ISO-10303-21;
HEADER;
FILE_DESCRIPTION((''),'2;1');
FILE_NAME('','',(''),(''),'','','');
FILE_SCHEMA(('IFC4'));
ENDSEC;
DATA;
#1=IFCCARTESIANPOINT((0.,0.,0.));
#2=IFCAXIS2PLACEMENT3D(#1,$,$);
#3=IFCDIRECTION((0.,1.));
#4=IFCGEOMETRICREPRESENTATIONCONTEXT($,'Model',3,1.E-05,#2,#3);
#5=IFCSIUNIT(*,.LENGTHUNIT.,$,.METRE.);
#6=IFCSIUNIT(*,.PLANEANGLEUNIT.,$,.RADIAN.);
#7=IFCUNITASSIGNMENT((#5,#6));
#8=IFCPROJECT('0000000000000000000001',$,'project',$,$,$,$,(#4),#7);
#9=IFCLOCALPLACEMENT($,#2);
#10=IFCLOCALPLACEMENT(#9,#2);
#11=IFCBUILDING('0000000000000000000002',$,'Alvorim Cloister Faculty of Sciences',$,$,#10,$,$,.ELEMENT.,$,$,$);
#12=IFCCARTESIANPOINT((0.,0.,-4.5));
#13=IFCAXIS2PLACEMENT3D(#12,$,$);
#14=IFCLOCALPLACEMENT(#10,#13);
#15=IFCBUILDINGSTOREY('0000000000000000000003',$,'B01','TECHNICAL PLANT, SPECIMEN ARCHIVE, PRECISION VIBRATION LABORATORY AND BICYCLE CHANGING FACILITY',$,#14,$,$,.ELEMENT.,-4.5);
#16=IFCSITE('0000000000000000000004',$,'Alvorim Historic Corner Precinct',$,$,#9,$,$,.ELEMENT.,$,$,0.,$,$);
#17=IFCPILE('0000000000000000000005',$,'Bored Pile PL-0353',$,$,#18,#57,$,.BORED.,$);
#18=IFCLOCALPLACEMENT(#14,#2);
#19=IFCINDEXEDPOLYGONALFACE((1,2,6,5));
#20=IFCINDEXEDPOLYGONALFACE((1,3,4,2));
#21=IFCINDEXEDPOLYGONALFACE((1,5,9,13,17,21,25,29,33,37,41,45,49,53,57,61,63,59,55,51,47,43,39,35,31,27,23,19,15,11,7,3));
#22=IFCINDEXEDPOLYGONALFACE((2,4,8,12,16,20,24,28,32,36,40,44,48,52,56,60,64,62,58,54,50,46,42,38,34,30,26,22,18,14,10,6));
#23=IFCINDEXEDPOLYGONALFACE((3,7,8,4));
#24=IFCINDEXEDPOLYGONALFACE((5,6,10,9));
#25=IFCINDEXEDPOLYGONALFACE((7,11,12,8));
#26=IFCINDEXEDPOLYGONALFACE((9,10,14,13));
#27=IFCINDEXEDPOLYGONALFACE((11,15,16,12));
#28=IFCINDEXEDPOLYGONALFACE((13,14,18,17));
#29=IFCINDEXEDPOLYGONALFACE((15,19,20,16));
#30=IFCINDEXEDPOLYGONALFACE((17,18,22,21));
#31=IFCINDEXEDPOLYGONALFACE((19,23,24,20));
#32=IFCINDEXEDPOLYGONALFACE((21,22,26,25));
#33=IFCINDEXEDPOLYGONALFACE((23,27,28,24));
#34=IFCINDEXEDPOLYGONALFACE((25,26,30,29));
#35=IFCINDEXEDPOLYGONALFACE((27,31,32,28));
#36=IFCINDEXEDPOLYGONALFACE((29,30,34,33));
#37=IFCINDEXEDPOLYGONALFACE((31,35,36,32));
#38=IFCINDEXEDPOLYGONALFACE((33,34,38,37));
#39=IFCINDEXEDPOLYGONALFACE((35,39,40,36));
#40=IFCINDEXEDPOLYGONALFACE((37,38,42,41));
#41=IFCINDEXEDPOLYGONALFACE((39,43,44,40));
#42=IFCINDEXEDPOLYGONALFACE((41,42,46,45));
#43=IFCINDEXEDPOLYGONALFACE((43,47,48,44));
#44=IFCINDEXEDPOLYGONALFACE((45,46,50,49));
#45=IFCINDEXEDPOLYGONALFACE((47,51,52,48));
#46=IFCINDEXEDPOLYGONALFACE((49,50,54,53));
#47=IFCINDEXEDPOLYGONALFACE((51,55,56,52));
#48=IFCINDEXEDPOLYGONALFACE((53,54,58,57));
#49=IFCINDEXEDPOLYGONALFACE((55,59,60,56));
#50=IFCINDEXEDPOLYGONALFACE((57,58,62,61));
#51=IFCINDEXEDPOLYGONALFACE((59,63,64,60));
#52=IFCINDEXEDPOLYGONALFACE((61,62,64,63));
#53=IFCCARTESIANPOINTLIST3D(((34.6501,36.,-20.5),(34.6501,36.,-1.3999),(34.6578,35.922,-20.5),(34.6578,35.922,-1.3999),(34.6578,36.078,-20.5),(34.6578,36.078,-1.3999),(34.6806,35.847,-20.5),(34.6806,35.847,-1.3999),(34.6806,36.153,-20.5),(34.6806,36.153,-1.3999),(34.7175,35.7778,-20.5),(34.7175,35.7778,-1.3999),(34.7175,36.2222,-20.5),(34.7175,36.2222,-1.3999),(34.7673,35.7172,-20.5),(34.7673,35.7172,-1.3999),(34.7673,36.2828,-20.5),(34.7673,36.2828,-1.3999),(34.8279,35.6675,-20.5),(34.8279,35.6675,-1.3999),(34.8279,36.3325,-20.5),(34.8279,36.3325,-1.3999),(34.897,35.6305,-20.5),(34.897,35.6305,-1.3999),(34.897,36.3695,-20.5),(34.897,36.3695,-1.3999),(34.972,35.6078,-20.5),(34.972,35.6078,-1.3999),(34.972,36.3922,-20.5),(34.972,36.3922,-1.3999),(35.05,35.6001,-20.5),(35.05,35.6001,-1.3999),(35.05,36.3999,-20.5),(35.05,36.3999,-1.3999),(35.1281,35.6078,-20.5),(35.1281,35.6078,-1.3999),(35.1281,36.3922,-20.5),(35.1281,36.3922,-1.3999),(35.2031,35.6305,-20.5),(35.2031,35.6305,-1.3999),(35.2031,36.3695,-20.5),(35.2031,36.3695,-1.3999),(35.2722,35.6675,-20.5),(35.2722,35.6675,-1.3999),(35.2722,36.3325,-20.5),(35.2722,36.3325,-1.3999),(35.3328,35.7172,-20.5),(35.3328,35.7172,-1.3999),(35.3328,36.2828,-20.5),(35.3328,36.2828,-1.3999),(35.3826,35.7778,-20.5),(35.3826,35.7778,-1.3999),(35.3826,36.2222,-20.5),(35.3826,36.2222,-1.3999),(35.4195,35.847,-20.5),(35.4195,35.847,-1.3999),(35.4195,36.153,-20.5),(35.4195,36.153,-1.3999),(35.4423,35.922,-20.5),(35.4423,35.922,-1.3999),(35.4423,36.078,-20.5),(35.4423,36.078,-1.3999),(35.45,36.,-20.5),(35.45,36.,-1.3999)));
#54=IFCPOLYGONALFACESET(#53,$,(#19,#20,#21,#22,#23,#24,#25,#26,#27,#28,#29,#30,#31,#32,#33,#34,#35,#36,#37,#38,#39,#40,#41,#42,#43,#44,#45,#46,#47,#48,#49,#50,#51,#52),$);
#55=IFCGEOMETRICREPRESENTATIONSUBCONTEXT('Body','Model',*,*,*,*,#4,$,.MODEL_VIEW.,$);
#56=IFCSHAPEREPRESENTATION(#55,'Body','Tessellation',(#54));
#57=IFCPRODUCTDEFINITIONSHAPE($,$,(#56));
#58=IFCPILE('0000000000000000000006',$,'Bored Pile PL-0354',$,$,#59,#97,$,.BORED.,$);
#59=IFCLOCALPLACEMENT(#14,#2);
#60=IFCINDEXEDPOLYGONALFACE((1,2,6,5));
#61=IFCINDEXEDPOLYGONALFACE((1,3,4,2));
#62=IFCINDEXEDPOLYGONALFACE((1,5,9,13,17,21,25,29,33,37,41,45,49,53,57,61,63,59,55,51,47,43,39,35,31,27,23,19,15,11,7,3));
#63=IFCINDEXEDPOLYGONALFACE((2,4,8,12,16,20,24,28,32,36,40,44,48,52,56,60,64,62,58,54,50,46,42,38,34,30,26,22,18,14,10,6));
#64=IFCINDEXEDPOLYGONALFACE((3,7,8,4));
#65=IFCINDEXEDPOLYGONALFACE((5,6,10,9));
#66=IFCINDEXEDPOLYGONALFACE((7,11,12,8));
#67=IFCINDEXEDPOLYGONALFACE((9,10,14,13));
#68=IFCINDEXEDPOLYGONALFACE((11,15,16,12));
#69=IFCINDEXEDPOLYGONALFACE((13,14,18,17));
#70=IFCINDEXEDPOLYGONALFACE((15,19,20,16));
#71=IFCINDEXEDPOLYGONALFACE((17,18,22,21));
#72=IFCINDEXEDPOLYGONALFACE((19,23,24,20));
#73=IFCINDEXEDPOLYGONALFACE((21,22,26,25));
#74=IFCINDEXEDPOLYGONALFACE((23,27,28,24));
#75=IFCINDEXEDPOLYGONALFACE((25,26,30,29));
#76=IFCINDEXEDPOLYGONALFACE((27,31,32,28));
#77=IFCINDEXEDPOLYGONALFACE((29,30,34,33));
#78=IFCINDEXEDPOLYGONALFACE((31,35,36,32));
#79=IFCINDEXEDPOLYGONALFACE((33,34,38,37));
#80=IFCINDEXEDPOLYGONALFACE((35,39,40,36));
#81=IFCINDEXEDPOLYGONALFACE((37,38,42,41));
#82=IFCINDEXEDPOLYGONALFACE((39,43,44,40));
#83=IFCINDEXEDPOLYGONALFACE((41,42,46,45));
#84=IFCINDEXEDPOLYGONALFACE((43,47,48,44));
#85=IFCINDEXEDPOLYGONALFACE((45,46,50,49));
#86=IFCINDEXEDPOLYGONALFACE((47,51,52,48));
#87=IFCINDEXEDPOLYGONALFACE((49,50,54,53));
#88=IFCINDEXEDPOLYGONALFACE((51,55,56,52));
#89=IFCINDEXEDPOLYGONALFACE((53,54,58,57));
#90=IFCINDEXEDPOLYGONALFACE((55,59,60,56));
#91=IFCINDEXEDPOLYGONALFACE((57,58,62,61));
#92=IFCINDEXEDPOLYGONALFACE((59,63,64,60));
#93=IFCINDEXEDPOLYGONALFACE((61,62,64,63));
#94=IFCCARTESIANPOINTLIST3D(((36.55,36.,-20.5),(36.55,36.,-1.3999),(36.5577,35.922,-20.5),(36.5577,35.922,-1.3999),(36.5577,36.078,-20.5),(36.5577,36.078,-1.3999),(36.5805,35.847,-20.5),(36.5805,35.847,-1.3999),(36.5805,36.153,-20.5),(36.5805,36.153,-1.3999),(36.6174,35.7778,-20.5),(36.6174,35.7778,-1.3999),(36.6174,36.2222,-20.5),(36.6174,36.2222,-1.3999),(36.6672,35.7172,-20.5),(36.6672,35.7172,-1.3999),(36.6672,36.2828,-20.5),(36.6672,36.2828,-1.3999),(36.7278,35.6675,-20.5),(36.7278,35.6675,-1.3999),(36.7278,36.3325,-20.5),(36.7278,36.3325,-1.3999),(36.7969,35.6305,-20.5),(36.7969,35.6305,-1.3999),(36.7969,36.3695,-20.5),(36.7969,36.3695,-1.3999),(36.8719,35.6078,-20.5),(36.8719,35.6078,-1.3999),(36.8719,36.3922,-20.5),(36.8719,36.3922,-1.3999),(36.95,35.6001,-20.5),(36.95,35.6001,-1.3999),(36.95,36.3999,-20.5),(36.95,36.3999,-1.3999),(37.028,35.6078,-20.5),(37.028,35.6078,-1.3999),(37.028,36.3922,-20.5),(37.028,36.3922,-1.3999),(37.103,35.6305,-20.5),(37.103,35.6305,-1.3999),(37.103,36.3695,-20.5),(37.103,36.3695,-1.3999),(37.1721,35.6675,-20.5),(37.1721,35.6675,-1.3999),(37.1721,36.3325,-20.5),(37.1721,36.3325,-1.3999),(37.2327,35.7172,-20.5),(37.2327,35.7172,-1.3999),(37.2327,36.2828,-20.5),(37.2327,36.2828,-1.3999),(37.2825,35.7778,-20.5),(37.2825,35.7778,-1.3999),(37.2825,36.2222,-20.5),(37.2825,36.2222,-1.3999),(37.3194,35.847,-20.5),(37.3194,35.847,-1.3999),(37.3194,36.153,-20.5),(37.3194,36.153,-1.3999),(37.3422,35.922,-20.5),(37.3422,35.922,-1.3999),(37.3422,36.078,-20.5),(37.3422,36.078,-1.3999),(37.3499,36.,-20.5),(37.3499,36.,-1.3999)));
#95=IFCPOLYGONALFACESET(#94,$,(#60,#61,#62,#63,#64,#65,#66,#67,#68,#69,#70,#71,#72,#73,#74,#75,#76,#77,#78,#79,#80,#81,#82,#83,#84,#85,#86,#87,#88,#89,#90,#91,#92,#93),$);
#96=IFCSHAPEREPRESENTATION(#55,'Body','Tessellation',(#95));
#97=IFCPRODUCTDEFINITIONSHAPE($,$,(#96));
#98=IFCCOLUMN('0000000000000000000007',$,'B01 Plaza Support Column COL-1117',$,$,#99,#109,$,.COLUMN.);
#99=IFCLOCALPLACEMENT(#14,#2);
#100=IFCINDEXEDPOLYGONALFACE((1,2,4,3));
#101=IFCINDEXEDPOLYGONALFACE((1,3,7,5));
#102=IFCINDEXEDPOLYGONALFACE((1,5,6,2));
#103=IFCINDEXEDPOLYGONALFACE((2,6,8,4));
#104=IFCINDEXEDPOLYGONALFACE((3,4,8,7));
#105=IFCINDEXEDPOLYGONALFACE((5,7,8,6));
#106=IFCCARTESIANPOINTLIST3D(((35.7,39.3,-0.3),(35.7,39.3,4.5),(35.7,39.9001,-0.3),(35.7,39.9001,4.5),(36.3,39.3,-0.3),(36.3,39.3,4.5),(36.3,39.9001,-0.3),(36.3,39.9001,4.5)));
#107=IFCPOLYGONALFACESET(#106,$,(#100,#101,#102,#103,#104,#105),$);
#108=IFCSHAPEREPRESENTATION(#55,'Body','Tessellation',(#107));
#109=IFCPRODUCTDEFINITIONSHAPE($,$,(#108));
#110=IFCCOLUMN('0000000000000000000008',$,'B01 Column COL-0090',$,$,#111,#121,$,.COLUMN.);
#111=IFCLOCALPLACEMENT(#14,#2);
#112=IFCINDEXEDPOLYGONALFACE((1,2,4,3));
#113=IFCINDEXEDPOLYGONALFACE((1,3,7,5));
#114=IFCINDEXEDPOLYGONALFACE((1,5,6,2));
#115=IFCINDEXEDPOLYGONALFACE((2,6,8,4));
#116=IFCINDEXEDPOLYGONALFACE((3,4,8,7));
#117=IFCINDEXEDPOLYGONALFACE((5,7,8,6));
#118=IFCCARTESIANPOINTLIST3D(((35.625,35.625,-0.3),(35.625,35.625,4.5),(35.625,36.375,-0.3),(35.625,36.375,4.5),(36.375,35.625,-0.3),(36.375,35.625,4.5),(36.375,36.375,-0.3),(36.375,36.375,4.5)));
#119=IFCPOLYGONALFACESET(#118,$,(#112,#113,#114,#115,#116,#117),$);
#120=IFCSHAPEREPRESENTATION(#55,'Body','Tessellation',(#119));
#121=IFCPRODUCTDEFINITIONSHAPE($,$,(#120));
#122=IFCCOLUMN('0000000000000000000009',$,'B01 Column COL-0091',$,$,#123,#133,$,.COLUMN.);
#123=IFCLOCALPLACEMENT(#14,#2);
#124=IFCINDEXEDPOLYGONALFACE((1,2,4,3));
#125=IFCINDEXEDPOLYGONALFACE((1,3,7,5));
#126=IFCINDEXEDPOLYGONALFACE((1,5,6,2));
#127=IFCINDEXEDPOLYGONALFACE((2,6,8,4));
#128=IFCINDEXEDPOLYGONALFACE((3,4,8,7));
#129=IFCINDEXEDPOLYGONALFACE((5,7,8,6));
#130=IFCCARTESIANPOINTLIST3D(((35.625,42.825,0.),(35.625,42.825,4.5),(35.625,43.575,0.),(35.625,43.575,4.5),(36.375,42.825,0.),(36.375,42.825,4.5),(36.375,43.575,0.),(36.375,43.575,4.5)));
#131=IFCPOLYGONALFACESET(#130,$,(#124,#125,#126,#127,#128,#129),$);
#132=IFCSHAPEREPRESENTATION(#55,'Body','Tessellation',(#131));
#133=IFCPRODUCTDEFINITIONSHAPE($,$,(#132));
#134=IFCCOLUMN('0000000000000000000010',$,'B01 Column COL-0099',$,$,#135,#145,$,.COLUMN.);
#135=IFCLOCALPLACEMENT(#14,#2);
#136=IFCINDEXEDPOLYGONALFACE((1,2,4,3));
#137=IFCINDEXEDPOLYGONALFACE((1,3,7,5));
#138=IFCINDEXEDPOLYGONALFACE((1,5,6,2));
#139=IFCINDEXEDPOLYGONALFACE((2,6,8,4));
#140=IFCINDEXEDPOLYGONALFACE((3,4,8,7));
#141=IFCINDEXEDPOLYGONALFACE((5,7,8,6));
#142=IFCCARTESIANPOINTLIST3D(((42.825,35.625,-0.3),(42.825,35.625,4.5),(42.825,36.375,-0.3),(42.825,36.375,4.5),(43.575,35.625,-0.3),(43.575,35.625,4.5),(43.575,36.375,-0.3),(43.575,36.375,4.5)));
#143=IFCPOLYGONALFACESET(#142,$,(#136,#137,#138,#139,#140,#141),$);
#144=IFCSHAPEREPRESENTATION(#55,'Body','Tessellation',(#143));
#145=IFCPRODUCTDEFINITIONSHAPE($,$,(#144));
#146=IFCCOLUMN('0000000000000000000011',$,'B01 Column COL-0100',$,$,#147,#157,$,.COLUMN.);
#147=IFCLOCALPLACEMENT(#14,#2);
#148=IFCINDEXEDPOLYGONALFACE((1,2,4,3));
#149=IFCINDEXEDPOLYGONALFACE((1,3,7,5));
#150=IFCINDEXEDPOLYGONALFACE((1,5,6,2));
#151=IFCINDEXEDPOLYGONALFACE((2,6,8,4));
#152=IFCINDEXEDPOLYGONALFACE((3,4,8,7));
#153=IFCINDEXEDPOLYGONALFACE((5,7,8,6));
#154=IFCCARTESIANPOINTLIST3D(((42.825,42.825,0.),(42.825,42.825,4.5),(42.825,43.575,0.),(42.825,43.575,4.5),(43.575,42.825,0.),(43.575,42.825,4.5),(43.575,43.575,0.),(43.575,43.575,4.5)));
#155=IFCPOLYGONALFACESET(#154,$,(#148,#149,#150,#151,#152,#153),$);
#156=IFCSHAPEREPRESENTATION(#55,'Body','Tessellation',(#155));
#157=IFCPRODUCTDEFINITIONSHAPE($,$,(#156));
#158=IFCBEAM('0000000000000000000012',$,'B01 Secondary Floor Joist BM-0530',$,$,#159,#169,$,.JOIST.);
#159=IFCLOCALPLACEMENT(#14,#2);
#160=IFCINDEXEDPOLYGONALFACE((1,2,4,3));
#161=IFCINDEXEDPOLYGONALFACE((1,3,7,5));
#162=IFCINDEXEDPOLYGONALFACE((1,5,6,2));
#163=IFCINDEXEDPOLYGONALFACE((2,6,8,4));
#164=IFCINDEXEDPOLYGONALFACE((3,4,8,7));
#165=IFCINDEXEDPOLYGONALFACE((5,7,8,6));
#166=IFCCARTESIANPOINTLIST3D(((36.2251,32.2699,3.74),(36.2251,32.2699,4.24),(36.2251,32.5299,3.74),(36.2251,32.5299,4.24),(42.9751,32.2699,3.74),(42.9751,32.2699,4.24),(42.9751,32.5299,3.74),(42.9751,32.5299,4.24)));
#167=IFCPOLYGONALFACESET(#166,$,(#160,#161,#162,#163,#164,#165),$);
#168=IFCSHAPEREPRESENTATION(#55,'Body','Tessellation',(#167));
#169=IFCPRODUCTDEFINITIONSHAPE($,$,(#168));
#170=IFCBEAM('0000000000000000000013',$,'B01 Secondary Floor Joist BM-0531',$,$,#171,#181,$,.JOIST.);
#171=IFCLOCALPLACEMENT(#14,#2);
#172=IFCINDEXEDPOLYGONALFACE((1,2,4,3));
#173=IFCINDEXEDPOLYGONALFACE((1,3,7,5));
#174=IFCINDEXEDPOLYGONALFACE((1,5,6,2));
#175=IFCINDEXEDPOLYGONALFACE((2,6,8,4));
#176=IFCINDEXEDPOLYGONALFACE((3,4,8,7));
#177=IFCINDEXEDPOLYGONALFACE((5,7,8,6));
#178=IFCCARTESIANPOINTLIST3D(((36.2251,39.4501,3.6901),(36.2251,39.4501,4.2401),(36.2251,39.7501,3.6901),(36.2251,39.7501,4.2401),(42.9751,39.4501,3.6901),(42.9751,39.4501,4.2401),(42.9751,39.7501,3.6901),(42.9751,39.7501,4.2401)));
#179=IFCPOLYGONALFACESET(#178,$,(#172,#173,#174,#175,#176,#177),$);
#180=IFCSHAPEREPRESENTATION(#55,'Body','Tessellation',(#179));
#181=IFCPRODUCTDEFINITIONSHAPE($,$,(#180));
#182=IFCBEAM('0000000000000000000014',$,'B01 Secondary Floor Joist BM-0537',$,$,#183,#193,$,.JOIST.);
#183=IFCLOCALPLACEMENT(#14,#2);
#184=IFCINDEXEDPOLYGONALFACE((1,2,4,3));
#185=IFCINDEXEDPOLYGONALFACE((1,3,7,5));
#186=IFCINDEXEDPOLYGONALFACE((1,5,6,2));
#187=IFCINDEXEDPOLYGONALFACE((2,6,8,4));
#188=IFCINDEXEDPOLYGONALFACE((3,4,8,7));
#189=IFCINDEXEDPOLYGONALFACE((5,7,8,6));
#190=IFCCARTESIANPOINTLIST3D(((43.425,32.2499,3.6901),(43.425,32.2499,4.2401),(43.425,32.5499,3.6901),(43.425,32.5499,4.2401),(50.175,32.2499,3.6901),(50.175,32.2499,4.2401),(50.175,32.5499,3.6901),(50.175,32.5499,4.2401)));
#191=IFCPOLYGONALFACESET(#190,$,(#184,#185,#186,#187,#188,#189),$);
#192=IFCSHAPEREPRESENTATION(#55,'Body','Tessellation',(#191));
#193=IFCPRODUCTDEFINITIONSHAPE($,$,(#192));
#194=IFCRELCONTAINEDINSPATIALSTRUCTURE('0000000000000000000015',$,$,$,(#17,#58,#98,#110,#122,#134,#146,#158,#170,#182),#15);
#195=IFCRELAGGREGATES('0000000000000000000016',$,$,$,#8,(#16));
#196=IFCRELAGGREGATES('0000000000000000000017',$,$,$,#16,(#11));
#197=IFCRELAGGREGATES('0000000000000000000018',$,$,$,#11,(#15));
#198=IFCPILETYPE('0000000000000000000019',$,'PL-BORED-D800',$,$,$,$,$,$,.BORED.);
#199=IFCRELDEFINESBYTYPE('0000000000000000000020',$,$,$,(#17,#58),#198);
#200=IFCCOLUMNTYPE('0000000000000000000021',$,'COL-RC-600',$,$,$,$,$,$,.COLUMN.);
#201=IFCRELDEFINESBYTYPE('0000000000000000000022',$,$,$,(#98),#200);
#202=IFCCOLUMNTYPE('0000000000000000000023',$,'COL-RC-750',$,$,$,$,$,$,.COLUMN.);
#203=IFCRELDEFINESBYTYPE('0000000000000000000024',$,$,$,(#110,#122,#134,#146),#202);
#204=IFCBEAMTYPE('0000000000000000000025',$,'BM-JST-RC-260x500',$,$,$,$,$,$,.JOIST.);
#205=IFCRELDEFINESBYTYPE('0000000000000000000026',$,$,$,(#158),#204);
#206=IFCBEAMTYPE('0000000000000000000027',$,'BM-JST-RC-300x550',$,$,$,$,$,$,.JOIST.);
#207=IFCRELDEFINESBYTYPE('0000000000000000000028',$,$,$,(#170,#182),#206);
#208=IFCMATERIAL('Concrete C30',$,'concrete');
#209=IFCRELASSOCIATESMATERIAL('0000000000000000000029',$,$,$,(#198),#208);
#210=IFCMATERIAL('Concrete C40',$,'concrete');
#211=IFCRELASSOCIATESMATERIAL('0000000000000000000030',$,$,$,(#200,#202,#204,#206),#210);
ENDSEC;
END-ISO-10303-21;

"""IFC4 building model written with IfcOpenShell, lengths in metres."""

from ifc_helpers import new_model, si_unit, direction, frame, origin, origin_2d, place, context, subcontext, project, spatial, rectangle, circle, extrude, material, material_profile, profile_set, type_object, element, save


model = new_model("IFC4")

# Units and contexts
model_context = context("Model", 3, precision=1e-05, world=origin(), true_north=direction((0.0, 1.0)))
body_context = subcontext(model_context, "Body", "Model", "MODEL_VIEW")
ifc_project = project(units=[si_unit("LENGTHUNIT", "METRE"), si_unit("PLANEANGLEUNIT", "RADIAN")], contexts=[model_context])

# Site, building, storey
site_placement = place(None, origin())
site = spatial("IfcSite", under=ifc_project, at=site_placement, Name="Alvorim Historic Corner Precinct", CompositionType="ELEMENT", RefElevation=0.0)
building_placement = place(site_placement, origin())
building = spatial("IfcBuilding", under=site, at=building_placement, Name="Alvorim Cloister Faculty of Sciences", CompositionType="ELEMENT")
storey_placement = place(building_placement, frame((0.0, 0.0, -4.5)))
storey = spatial("IfcBuildingStorey", under=building, at=storey_placement, Name="B01", Description="TECHNICAL PLANT, SPECIMEN ARCHIVE, PRECISION VIBRATION LABORATORY AND BICYCLE CHANGING FACILITY", CompositionType="ELEMENT", Elevation=-4.5)

# Shared definitions
ifc_material_1 = material(Name="Concrete C40", Category="concrete")

# Piles
ifc_material_2 = material(Name="Concrete C30", Category="concrete")
ifc_material_profile_1 = material_profile(ifc_material_2, circle(Radius=0.3999, at=origin_2d()), Name="PILE-D800")
ifc_profile_set_1 = profile_set([ifc_material_profile_1], Name="Concrete C30")
pile_type_1 = type_object("IfcPileType", Name="PL-BORED-D800", PredefinedType="BORED", material=ifc_profile_set_1)
for number, where, z_axis, x_axis, name in (
    (1, (35.05, 36.0, -1.3999), (0.0, 0.0, -1.0), (1.0, 0.0, 0.0), "Bored Pile PL-0353"),
    (2, (36.95, 36.0, -1.3999), (0.0, 0.0, -1.0), (1.0, 0.0, 0.0), "Bored Pile PL-0354"),
):
    element("IfcPile", number, at=place(storey_placement, frame(where, z_axis=z_axis, x_axis=x_axis)), inside=storey, type_object=pile_type_1, Name=name, PredefinedType="BORED", context=body_context, shape_type="SweptSolid", body=[
        extrude(circle(Radius=0.3999, at=origin_2d()), origin(), (0.0, 0.0, 1.0), 19.1001),
    ])

# Columns
ifc_material_profile_2 = material_profile(ifc_material_1, rectangle(XDim=0.6001, YDim=0.6001, at=origin_2d()), Name="RC40-COL-600x600")
ifc_profile_set_2 = profile_set([ifc_material_profile_2], Name="Concrete C40")
column_type_1 = type_object("IfcColumnType", Name="COL-RC-600", PredefinedType="COLUMN", material=ifc_profile_set_2)
column_1_placement = place(storey_placement, frame((36.0, 39.6001, -0.3), z_axis=(0.0, 0.0, 1.0), x_axis=(1.0, 0.0, 0.0)))
element("IfcColumn", 3, at=column_1_placement, inside=storey, type_object=column_type_1, Name="B01 Plaza Support Column COL-1117", PredefinedType="COLUMN", context=body_context, shape_type="SweptSolid", body=[
    extrude(rectangle(XDim=0.6001, YDim=0.6001, at=origin_2d()), origin(), (0.0, 0.0, 1.0), 4.8),
])
ifc_material_profile_3 = material_profile(ifc_material_1, rectangle(XDim=0.75, YDim=0.75, at=origin_2d()), Name="RC40-COL-750x750")
ifc_profile_set_3 = profile_set([ifc_material_profile_3], Name="Concrete C40")
column_type_2 = type_object("IfcColumnType", Name="COL-RC-750", PredefinedType="COLUMN", material=ifc_profile_set_3)
column_2_placement = place(storey_placement, frame((36.0, 36.0, -0.3), z_axis=(0.0, 0.0, 1.0), x_axis=(1.0, 0.0, 0.0)))
element("IfcColumn", 4, at=column_2_placement, inside=storey, type_object=column_type_2, Name="B01 Column COL-0090", PredefinedType="COLUMN", context=body_context, shape_type="SweptSolid", body=[
    extrude(rectangle(XDim=0.75, YDim=0.75, at=origin_2d()), origin(), (0.0, 0.0, 1.0), 4.8),
])
column_3_placement = place(storey_placement, frame((36.0, 43.2, 0.0), z_axis=(0.0, 0.0, 1.0), x_axis=(1.0, 0.0, 0.0)))
element("IfcColumn", 5, at=column_3_placement, inside=storey, type_object=column_type_2, Name="B01 Column COL-0091", PredefinedType="COLUMN", context=body_context, shape_type="SweptSolid", body=[
    extrude(rectangle(XDim=0.75, YDim=0.75, at=origin_2d()), origin(), (0.0, 0.0, 1.0), 4.5),
])
column_4_placement = place(storey_placement, frame((43.2, 36.0, -0.3), z_axis=(0.0, 0.0, 1.0), x_axis=(1.0, 0.0, 0.0)))
element("IfcColumn", 6, at=column_4_placement, inside=storey, type_object=column_type_2, Name="B01 Column COL-0099", PredefinedType="COLUMN", context=body_context, shape_type="SweptSolid", body=[
    extrude(rectangle(XDim=0.75, YDim=0.75, at=origin_2d()), origin(), (0.0, 0.0, 1.0), 4.8),
])
column_5_placement = place(storey_placement, frame((43.2, 43.2, 0.0), z_axis=(0.0, 0.0, 1.0), x_axis=(1.0, 0.0, 0.0)))
element("IfcColumn", 7, at=column_5_placement, inside=storey, type_object=column_type_2, Name="B01 Column COL-0100", PredefinedType="COLUMN", context=body_context, shape_type="SweptSolid", body=[
    extrude(rectangle(XDim=0.75, YDim=0.75, at=origin_2d()), origin(), (0.0, 0.0, 1.0), 4.5),
])

# Beams
ifc_material_profile_4 = material_profile(ifc_material_1, rectangle(XDim=0.26, YDim=0.5, at=origin_2d()), Name="RC40-JST-260x500")
ifc_profile_set_4 = profile_set([ifc_material_profile_4], Name="Concrete C40")
beam_type_1 = type_object("IfcBeamType", Name="BM-JST-RC-260x500", PredefinedType="JOIST", material=ifc_profile_set_4)
beam_1_placement = place(storey_placement, frame((36.2251, 32.3999, 3.99), z_axis=(1.0, 0.0, 0.0), x_axis=(0.0, 1.0, 0.0)))
element("IfcBeam", 8, at=beam_1_placement, inside=storey, type_object=beam_type_1, Name="B01 Secondary Floor Joist BM-0530", PredefinedType="JOIST", context=body_context, shape_type="SweptSolid", body=[
    extrude(rectangle(XDim=0.26, YDim=0.5, at=origin_2d()), origin(), (0.0, 0.0, 1.0), 6.75),
])
ifc_material_profile_5 = material_profile(ifc_material_1, rectangle(XDim=0.3, YDim=0.55, at=origin_2d()), Name="RC40-JST-300x550")
ifc_profile_set_5 = profile_set([ifc_material_profile_5], Name="Concrete C40")
beam_type_2 = type_object("IfcBeamType", Name="BM-JST-RC-300x550", PredefinedType="JOIST", material=ifc_profile_set_5)
for number, where, z_axis, x_axis, name in (
    (9, (36.2251, 39.6001, 3.9651), (1.0, 0.0, 0.0), (0.0, 1.0, 0.0), "B01 Secondary Floor Joist BM-0531"),
    (10, (43.425, 32.3999, 3.9651), (1.0, 0.0, 0.0), (0.0, 1.0, 0.0), "B01 Secondary Floor Joist BM-0537"),
):
    element("IfcBeam", number, at=place(storey_placement, frame(where, z_axis=z_axis, x_axis=x_axis)), inside=storey, type_object=beam_type_2, Name=name, PredefinedType="JOIST", context=body_context, shape_type="SweptSolid", body=[
        extrude(rectangle(XDim=0.3, YDim=0.55, at=origin_2d()), origin(), (0.0, 0.0, 1.0), 6.75),
    ])

save(model, "model.ifc")
